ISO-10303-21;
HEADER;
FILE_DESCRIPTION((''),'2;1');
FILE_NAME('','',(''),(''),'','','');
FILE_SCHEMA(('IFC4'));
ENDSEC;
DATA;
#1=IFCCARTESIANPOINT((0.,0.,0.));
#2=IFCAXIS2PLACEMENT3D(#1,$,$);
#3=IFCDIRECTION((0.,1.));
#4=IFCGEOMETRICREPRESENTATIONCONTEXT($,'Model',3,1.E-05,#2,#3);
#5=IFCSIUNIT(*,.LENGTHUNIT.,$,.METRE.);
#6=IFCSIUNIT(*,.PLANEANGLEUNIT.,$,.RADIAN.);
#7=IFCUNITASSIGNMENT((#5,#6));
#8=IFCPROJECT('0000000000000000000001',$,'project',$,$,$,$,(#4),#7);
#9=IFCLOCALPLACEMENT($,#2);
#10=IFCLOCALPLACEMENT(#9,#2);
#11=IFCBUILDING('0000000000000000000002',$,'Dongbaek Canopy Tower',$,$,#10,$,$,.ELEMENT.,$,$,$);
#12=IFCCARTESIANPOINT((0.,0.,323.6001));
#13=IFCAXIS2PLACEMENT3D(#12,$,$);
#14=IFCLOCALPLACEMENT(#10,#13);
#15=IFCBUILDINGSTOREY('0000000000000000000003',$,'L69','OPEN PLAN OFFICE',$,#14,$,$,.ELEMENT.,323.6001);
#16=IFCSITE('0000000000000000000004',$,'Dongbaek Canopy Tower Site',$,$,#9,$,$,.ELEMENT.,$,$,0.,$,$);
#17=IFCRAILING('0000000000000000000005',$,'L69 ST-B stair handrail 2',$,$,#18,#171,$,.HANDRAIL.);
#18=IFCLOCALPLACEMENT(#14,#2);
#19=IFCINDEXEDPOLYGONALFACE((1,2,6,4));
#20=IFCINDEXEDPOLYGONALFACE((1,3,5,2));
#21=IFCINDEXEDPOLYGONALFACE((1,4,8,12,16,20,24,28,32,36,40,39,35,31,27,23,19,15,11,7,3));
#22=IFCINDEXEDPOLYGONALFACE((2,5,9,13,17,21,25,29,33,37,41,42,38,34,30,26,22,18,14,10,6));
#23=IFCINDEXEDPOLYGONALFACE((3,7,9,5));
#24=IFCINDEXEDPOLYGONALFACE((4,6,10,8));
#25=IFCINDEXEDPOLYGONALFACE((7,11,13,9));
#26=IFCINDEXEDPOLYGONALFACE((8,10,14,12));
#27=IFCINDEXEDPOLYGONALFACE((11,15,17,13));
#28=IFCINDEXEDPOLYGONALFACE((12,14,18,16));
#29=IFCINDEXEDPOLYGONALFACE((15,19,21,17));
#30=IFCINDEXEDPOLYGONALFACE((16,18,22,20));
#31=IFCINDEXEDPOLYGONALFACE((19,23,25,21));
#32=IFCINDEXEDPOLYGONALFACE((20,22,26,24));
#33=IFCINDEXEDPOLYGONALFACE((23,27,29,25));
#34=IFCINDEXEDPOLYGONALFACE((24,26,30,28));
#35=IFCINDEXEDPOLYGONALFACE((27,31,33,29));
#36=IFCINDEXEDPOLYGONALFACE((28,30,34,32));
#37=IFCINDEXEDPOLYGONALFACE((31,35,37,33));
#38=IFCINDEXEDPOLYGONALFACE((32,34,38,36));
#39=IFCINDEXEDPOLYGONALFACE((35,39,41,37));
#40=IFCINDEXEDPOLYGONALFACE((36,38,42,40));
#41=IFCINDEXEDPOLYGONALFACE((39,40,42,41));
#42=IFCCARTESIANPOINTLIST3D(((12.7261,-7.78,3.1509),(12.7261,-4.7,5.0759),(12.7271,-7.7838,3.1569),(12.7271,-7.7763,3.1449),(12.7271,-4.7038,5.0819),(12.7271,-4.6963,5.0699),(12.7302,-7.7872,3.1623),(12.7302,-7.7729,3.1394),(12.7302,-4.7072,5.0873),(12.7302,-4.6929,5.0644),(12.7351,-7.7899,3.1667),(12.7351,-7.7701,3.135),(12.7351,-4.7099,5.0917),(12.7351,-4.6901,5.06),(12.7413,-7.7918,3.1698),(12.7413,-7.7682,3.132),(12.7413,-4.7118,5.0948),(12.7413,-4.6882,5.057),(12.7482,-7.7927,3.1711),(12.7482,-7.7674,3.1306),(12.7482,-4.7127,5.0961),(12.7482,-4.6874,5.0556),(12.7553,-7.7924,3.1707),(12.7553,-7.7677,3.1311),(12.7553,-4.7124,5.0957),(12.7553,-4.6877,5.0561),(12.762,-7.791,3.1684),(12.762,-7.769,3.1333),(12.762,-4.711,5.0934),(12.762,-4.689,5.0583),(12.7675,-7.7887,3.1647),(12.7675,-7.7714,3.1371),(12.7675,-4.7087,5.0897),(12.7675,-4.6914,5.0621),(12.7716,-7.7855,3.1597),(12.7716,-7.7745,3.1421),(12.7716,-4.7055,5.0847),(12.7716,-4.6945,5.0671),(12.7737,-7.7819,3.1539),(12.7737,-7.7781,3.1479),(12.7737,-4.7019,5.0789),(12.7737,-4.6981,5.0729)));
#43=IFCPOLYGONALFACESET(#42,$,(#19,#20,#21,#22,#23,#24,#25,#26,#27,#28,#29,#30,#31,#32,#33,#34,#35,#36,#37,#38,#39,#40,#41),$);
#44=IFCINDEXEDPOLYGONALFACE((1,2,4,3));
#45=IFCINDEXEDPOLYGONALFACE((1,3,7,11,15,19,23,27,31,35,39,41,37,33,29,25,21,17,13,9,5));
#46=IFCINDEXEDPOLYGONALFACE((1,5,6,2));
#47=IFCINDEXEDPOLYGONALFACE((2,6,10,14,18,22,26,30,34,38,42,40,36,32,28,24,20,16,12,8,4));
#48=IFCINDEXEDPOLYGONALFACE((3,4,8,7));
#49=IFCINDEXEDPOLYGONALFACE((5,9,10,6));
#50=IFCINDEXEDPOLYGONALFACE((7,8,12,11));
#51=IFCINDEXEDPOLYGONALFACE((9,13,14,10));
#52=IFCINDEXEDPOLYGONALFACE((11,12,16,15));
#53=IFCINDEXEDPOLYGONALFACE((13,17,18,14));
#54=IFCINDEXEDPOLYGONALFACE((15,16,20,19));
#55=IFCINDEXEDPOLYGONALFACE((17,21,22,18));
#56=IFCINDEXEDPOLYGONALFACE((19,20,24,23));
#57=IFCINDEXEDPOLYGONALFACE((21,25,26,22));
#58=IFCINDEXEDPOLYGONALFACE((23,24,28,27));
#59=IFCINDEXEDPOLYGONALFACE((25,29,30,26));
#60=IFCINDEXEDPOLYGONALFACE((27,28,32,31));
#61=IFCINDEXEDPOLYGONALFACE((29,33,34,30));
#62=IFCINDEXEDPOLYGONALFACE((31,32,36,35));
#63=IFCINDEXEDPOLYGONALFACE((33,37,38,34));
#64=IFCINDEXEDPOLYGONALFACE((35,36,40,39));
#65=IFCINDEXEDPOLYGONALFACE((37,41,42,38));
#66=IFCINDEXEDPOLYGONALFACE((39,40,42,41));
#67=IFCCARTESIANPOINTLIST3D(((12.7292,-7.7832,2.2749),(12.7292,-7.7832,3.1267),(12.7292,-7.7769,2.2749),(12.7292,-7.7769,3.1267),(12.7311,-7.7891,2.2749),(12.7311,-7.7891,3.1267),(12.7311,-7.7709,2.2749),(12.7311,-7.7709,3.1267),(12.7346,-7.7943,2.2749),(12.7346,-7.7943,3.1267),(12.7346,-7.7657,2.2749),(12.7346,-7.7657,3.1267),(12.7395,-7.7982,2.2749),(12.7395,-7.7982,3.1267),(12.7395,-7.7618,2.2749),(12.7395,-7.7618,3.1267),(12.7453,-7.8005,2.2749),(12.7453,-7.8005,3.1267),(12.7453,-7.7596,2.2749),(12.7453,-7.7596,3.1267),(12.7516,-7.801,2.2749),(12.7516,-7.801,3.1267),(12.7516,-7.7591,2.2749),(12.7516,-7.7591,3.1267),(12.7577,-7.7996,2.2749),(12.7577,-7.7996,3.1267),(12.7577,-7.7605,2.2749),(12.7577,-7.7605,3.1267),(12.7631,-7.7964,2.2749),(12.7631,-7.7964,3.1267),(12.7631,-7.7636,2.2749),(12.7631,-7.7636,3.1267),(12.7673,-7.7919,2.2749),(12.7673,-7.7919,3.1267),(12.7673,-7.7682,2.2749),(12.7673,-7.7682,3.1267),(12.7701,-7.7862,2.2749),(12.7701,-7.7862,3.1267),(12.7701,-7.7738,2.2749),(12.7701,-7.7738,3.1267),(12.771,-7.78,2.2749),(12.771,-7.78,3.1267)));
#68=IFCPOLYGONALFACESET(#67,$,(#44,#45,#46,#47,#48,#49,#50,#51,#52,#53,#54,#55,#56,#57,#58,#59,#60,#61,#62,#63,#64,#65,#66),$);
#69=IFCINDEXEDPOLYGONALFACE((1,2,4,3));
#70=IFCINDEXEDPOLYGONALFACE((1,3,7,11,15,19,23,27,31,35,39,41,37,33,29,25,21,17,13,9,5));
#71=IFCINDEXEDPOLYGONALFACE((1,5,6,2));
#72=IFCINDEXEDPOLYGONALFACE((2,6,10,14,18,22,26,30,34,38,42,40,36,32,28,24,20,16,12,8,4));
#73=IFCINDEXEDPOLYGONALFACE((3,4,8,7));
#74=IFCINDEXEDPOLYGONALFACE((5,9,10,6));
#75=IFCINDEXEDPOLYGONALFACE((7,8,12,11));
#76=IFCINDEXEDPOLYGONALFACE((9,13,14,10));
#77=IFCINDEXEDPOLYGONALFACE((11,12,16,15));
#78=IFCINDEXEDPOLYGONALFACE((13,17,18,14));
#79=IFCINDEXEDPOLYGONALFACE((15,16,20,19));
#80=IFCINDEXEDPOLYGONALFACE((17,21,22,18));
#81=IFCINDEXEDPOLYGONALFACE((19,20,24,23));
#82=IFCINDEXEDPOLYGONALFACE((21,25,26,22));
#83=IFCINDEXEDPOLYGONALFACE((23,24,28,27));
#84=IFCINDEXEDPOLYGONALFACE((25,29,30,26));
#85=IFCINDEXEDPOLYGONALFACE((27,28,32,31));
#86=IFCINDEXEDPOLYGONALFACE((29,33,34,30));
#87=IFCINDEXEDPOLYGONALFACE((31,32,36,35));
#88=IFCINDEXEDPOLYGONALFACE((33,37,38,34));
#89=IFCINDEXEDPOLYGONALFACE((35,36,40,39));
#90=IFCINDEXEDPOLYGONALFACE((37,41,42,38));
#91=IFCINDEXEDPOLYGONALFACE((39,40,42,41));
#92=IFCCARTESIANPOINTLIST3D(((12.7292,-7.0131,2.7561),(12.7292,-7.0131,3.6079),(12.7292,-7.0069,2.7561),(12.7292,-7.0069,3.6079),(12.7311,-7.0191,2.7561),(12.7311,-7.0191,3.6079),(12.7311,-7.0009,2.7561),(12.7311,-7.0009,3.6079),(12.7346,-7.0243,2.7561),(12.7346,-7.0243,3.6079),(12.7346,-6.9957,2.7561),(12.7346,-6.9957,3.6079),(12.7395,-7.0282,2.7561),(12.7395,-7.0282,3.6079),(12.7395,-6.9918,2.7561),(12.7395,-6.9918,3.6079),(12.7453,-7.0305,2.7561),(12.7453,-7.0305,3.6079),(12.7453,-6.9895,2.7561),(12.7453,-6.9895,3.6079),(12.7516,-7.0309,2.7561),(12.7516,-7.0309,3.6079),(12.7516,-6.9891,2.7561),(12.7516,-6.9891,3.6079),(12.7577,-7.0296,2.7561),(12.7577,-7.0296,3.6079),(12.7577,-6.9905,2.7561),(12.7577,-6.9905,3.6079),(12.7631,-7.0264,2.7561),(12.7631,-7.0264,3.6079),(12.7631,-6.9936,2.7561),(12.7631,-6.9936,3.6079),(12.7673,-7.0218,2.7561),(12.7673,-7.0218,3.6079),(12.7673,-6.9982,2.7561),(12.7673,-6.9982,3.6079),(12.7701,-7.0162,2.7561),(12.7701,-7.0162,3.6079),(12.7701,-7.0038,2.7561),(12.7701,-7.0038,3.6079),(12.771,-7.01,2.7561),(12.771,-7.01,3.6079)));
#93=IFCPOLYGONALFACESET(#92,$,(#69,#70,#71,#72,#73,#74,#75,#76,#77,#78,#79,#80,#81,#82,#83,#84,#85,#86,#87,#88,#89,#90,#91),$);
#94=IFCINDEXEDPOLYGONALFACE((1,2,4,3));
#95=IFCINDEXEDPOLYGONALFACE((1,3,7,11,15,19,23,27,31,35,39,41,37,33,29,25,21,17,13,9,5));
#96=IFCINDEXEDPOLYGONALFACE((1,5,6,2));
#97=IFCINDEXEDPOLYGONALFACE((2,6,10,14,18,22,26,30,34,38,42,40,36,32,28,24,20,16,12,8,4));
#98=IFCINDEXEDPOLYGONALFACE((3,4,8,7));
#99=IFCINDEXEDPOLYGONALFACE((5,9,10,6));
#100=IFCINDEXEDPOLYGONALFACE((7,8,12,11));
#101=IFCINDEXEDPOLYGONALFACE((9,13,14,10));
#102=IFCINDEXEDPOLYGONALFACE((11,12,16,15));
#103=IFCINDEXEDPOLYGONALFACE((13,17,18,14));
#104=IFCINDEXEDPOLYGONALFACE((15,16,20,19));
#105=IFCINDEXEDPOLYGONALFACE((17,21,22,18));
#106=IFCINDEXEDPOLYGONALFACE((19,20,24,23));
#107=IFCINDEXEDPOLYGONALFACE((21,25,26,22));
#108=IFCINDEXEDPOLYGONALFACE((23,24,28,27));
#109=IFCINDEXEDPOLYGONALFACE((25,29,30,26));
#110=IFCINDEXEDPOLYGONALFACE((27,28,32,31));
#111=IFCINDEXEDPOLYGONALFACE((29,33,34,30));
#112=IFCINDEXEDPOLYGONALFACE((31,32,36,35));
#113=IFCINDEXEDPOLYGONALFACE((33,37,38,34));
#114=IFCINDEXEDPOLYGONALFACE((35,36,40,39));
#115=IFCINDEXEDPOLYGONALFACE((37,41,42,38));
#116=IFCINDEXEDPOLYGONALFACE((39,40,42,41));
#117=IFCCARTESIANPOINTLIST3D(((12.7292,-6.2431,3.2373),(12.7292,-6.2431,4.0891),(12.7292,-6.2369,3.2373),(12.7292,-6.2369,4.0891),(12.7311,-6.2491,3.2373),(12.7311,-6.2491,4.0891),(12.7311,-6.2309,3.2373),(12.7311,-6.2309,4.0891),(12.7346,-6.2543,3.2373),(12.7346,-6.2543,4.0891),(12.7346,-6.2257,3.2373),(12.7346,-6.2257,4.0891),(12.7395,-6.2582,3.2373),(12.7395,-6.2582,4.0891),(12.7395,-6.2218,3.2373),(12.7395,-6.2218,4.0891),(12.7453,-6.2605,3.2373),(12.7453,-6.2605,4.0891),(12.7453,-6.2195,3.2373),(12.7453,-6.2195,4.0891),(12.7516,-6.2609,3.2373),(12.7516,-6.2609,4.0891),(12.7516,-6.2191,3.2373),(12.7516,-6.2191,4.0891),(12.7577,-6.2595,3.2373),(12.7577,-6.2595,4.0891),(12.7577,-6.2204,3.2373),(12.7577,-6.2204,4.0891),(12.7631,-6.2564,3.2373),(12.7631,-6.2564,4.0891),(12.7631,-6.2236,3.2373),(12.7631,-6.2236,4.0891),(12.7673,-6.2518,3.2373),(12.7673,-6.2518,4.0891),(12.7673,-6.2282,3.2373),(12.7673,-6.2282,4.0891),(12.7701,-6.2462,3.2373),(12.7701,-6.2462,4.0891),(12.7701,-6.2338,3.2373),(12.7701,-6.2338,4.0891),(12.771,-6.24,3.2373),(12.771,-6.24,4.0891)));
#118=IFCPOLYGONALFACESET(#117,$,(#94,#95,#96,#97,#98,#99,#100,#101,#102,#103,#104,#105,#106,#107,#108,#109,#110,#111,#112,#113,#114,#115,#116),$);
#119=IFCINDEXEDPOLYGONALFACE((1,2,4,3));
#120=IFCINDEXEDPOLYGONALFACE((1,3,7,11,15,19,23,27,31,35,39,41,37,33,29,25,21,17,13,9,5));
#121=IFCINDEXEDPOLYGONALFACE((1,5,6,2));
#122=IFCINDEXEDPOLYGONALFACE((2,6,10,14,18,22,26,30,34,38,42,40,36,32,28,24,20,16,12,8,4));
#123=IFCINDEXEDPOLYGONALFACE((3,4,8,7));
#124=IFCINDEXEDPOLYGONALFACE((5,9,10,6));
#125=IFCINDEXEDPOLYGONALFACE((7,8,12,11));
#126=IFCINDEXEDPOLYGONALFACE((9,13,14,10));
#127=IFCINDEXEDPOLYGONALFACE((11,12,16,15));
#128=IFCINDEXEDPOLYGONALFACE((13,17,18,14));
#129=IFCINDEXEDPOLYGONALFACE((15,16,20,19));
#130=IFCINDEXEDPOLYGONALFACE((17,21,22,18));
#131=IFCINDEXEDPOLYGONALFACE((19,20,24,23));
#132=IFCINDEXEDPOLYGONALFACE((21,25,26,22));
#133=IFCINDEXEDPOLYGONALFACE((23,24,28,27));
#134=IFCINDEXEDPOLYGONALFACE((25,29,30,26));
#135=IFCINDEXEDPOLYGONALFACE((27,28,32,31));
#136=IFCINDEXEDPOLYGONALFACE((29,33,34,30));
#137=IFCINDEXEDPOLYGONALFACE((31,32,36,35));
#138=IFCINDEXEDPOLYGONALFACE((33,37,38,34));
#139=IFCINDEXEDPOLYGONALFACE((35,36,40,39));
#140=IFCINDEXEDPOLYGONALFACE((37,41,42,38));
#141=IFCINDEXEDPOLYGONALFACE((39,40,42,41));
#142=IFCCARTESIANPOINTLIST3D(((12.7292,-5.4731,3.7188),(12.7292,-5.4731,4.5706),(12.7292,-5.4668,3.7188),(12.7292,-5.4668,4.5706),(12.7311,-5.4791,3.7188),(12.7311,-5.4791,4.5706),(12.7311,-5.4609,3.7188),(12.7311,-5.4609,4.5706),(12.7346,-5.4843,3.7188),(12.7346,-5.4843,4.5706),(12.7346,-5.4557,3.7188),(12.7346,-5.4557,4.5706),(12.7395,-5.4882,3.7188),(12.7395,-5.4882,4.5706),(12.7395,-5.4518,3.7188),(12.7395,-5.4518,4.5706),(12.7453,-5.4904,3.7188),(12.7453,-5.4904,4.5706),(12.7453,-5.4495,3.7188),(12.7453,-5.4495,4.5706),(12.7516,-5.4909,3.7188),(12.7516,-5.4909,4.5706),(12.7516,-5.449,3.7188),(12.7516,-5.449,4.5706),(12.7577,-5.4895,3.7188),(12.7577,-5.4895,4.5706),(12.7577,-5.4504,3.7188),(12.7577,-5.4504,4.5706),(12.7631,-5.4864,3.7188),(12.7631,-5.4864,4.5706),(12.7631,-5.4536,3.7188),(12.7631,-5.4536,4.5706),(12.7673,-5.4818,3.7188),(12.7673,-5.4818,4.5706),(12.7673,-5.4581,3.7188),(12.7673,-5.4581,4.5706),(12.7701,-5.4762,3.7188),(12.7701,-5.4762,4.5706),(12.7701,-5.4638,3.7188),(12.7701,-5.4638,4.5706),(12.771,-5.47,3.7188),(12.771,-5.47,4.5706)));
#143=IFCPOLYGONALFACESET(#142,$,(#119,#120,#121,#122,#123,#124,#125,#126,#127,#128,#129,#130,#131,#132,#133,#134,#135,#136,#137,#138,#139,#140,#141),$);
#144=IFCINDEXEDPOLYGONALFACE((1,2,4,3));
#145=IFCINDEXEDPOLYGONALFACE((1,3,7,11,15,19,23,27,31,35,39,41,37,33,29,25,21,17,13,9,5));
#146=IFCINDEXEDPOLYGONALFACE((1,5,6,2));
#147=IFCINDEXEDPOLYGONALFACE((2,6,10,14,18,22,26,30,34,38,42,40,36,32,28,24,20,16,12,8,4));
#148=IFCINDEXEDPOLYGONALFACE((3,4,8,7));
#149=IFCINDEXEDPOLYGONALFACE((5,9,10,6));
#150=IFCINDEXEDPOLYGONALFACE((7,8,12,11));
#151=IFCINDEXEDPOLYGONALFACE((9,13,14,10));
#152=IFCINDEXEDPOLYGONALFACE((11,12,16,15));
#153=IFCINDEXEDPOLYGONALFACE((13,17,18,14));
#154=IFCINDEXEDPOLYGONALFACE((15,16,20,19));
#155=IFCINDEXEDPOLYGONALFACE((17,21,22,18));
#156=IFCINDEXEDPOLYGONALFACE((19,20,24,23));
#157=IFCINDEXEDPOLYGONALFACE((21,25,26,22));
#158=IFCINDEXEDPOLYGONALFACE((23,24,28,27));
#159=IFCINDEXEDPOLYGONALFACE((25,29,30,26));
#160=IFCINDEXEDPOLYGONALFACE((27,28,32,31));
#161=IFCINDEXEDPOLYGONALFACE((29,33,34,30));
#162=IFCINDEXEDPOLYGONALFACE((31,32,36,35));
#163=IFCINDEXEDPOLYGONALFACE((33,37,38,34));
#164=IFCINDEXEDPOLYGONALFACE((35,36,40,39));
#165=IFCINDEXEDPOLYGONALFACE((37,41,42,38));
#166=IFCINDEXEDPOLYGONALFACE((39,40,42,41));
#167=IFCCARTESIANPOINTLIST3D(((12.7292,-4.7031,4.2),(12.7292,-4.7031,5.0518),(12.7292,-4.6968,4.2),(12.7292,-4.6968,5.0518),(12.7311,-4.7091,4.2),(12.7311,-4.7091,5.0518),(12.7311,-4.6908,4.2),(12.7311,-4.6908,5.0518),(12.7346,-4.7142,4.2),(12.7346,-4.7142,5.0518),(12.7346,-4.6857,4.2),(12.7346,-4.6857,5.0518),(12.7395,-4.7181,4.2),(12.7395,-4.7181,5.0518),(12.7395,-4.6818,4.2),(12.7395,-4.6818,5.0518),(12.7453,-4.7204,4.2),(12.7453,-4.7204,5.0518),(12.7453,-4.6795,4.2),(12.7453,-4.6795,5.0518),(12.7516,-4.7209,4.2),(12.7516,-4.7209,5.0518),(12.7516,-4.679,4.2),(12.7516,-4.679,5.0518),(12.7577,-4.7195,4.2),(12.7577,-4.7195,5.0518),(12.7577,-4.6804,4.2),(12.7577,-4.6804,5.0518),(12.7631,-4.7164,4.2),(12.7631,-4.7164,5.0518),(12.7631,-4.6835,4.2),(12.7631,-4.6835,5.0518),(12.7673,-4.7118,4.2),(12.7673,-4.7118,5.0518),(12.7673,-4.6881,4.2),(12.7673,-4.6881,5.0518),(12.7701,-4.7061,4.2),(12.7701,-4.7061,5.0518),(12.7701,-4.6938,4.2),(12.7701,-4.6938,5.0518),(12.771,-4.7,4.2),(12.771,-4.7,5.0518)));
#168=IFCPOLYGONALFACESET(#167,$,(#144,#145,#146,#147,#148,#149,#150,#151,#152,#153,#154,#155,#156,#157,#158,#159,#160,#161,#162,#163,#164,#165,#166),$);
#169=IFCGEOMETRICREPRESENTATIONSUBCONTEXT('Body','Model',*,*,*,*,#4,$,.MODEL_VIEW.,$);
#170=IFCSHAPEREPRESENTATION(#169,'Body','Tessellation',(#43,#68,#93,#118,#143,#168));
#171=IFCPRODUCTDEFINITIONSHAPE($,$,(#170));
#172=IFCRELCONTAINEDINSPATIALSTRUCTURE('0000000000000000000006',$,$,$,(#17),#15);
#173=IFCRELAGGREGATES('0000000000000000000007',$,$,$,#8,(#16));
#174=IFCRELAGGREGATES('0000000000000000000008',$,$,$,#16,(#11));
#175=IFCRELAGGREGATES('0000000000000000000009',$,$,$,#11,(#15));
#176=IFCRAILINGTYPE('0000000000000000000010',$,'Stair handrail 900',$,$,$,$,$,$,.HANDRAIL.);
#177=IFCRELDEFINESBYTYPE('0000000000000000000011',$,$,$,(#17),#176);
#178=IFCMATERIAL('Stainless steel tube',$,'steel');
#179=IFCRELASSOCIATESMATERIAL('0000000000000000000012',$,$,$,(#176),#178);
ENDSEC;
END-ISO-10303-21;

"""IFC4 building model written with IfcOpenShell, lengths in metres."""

from ifc_helpers import new_model, si_unit, direction, frame, origin, origin_2d, place, context, subcontext, project, spatial, circle, extrude, material, type_object, element, save


model = new_model("IFC4")

# Units and contexts
model_context = context("Model", 3, precision=1e-05, world=origin(), true_north=direction((0.0, 1.0)))
body_context = subcontext(model_context, "Body", "Model", "MODEL_VIEW")
ifc_project = project(units=[si_unit("LENGTHUNIT", "METRE"), si_unit("PLANEANGLEUNIT", "RADIAN")], contexts=[model_context])

# Site, building, storey
site_placement = place(None, origin())
site = spatial("IfcSite", under=ifc_project, at=site_placement, Name="Dongbaek Canopy Tower Site", CompositionType="ELEMENT", RefElevation=0.0)
building_placement = place(site_placement, origin())
building = spatial("IfcBuilding", under=site, at=building_placement, Name="Dongbaek Canopy Tower", CompositionType="ELEMENT")
storey_placement = place(building_placement, frame((0.0, 0.0, 323.6001)))
storey = spatial("IfcBuildingStorey", under=building, at=storey_placement, Name="L69", Description="OPEN PLAN OFFICE", CompositionType="ELEMENT", Elevation=323.6001)

# Railing
ifc_material_1 = material(Name="Stainless steel tube", Category="steel")
railing_type_1 = type_object("IfcRailingType", Name="Stair handrail 900", PredefinedType="HANDRAIL", material=ifc_material_1)
railing_1_placement = place(storey_placement, frame((12.75, -7.78, 2.2749)))
element("IfcRailing", 1, at=railing_1_placement, inside=storey, type_object=railing_type_1, Name="L69 ST-B stair handrail 2", PredefinedType="HANDRAIL", context=body_context, shape_type="SweptSolid", body=[
    extrude(circle(Radius=0.0239, at=origin_2d()), frame((0.0, 0.0, 0.876), z_axis=(0.0, 0.847998, 0.529999), x_axis=(-1.0, 0.0, 0.0)), (0.0, 0.0, 1.0), 3.6321),
    extrude(circle(Radius=0.021, at=origin_2d()), origin(), (0.0, 0.0, 1.0), 0.8518),
    extrude(circle(Radius=0.021, at=origin_2d()), frame((0.0, 0.77, 0.4812)), (0.0, 0.0, 1.0), 0.8518),
    extrude(circle(Radius=0.021, at=origin_2d()), frame((0.0, 1.54, 0.9624)), (0.0, 0.0, 1.0), 0.8518),
    extrude(circle(Radius=0.021, at=origin_2d()), frame((0.0, 2.3101, 1.4438)), (0.0, 0.0, 1.0), 0.8518),
    extrude(circle(Radius=0.021, at=origin_2d()), frame((0.0, 3.0801, 1.925)), (0.0, 0.0, 1.0), 0.8518),
])

save(model, "model.ifc")
